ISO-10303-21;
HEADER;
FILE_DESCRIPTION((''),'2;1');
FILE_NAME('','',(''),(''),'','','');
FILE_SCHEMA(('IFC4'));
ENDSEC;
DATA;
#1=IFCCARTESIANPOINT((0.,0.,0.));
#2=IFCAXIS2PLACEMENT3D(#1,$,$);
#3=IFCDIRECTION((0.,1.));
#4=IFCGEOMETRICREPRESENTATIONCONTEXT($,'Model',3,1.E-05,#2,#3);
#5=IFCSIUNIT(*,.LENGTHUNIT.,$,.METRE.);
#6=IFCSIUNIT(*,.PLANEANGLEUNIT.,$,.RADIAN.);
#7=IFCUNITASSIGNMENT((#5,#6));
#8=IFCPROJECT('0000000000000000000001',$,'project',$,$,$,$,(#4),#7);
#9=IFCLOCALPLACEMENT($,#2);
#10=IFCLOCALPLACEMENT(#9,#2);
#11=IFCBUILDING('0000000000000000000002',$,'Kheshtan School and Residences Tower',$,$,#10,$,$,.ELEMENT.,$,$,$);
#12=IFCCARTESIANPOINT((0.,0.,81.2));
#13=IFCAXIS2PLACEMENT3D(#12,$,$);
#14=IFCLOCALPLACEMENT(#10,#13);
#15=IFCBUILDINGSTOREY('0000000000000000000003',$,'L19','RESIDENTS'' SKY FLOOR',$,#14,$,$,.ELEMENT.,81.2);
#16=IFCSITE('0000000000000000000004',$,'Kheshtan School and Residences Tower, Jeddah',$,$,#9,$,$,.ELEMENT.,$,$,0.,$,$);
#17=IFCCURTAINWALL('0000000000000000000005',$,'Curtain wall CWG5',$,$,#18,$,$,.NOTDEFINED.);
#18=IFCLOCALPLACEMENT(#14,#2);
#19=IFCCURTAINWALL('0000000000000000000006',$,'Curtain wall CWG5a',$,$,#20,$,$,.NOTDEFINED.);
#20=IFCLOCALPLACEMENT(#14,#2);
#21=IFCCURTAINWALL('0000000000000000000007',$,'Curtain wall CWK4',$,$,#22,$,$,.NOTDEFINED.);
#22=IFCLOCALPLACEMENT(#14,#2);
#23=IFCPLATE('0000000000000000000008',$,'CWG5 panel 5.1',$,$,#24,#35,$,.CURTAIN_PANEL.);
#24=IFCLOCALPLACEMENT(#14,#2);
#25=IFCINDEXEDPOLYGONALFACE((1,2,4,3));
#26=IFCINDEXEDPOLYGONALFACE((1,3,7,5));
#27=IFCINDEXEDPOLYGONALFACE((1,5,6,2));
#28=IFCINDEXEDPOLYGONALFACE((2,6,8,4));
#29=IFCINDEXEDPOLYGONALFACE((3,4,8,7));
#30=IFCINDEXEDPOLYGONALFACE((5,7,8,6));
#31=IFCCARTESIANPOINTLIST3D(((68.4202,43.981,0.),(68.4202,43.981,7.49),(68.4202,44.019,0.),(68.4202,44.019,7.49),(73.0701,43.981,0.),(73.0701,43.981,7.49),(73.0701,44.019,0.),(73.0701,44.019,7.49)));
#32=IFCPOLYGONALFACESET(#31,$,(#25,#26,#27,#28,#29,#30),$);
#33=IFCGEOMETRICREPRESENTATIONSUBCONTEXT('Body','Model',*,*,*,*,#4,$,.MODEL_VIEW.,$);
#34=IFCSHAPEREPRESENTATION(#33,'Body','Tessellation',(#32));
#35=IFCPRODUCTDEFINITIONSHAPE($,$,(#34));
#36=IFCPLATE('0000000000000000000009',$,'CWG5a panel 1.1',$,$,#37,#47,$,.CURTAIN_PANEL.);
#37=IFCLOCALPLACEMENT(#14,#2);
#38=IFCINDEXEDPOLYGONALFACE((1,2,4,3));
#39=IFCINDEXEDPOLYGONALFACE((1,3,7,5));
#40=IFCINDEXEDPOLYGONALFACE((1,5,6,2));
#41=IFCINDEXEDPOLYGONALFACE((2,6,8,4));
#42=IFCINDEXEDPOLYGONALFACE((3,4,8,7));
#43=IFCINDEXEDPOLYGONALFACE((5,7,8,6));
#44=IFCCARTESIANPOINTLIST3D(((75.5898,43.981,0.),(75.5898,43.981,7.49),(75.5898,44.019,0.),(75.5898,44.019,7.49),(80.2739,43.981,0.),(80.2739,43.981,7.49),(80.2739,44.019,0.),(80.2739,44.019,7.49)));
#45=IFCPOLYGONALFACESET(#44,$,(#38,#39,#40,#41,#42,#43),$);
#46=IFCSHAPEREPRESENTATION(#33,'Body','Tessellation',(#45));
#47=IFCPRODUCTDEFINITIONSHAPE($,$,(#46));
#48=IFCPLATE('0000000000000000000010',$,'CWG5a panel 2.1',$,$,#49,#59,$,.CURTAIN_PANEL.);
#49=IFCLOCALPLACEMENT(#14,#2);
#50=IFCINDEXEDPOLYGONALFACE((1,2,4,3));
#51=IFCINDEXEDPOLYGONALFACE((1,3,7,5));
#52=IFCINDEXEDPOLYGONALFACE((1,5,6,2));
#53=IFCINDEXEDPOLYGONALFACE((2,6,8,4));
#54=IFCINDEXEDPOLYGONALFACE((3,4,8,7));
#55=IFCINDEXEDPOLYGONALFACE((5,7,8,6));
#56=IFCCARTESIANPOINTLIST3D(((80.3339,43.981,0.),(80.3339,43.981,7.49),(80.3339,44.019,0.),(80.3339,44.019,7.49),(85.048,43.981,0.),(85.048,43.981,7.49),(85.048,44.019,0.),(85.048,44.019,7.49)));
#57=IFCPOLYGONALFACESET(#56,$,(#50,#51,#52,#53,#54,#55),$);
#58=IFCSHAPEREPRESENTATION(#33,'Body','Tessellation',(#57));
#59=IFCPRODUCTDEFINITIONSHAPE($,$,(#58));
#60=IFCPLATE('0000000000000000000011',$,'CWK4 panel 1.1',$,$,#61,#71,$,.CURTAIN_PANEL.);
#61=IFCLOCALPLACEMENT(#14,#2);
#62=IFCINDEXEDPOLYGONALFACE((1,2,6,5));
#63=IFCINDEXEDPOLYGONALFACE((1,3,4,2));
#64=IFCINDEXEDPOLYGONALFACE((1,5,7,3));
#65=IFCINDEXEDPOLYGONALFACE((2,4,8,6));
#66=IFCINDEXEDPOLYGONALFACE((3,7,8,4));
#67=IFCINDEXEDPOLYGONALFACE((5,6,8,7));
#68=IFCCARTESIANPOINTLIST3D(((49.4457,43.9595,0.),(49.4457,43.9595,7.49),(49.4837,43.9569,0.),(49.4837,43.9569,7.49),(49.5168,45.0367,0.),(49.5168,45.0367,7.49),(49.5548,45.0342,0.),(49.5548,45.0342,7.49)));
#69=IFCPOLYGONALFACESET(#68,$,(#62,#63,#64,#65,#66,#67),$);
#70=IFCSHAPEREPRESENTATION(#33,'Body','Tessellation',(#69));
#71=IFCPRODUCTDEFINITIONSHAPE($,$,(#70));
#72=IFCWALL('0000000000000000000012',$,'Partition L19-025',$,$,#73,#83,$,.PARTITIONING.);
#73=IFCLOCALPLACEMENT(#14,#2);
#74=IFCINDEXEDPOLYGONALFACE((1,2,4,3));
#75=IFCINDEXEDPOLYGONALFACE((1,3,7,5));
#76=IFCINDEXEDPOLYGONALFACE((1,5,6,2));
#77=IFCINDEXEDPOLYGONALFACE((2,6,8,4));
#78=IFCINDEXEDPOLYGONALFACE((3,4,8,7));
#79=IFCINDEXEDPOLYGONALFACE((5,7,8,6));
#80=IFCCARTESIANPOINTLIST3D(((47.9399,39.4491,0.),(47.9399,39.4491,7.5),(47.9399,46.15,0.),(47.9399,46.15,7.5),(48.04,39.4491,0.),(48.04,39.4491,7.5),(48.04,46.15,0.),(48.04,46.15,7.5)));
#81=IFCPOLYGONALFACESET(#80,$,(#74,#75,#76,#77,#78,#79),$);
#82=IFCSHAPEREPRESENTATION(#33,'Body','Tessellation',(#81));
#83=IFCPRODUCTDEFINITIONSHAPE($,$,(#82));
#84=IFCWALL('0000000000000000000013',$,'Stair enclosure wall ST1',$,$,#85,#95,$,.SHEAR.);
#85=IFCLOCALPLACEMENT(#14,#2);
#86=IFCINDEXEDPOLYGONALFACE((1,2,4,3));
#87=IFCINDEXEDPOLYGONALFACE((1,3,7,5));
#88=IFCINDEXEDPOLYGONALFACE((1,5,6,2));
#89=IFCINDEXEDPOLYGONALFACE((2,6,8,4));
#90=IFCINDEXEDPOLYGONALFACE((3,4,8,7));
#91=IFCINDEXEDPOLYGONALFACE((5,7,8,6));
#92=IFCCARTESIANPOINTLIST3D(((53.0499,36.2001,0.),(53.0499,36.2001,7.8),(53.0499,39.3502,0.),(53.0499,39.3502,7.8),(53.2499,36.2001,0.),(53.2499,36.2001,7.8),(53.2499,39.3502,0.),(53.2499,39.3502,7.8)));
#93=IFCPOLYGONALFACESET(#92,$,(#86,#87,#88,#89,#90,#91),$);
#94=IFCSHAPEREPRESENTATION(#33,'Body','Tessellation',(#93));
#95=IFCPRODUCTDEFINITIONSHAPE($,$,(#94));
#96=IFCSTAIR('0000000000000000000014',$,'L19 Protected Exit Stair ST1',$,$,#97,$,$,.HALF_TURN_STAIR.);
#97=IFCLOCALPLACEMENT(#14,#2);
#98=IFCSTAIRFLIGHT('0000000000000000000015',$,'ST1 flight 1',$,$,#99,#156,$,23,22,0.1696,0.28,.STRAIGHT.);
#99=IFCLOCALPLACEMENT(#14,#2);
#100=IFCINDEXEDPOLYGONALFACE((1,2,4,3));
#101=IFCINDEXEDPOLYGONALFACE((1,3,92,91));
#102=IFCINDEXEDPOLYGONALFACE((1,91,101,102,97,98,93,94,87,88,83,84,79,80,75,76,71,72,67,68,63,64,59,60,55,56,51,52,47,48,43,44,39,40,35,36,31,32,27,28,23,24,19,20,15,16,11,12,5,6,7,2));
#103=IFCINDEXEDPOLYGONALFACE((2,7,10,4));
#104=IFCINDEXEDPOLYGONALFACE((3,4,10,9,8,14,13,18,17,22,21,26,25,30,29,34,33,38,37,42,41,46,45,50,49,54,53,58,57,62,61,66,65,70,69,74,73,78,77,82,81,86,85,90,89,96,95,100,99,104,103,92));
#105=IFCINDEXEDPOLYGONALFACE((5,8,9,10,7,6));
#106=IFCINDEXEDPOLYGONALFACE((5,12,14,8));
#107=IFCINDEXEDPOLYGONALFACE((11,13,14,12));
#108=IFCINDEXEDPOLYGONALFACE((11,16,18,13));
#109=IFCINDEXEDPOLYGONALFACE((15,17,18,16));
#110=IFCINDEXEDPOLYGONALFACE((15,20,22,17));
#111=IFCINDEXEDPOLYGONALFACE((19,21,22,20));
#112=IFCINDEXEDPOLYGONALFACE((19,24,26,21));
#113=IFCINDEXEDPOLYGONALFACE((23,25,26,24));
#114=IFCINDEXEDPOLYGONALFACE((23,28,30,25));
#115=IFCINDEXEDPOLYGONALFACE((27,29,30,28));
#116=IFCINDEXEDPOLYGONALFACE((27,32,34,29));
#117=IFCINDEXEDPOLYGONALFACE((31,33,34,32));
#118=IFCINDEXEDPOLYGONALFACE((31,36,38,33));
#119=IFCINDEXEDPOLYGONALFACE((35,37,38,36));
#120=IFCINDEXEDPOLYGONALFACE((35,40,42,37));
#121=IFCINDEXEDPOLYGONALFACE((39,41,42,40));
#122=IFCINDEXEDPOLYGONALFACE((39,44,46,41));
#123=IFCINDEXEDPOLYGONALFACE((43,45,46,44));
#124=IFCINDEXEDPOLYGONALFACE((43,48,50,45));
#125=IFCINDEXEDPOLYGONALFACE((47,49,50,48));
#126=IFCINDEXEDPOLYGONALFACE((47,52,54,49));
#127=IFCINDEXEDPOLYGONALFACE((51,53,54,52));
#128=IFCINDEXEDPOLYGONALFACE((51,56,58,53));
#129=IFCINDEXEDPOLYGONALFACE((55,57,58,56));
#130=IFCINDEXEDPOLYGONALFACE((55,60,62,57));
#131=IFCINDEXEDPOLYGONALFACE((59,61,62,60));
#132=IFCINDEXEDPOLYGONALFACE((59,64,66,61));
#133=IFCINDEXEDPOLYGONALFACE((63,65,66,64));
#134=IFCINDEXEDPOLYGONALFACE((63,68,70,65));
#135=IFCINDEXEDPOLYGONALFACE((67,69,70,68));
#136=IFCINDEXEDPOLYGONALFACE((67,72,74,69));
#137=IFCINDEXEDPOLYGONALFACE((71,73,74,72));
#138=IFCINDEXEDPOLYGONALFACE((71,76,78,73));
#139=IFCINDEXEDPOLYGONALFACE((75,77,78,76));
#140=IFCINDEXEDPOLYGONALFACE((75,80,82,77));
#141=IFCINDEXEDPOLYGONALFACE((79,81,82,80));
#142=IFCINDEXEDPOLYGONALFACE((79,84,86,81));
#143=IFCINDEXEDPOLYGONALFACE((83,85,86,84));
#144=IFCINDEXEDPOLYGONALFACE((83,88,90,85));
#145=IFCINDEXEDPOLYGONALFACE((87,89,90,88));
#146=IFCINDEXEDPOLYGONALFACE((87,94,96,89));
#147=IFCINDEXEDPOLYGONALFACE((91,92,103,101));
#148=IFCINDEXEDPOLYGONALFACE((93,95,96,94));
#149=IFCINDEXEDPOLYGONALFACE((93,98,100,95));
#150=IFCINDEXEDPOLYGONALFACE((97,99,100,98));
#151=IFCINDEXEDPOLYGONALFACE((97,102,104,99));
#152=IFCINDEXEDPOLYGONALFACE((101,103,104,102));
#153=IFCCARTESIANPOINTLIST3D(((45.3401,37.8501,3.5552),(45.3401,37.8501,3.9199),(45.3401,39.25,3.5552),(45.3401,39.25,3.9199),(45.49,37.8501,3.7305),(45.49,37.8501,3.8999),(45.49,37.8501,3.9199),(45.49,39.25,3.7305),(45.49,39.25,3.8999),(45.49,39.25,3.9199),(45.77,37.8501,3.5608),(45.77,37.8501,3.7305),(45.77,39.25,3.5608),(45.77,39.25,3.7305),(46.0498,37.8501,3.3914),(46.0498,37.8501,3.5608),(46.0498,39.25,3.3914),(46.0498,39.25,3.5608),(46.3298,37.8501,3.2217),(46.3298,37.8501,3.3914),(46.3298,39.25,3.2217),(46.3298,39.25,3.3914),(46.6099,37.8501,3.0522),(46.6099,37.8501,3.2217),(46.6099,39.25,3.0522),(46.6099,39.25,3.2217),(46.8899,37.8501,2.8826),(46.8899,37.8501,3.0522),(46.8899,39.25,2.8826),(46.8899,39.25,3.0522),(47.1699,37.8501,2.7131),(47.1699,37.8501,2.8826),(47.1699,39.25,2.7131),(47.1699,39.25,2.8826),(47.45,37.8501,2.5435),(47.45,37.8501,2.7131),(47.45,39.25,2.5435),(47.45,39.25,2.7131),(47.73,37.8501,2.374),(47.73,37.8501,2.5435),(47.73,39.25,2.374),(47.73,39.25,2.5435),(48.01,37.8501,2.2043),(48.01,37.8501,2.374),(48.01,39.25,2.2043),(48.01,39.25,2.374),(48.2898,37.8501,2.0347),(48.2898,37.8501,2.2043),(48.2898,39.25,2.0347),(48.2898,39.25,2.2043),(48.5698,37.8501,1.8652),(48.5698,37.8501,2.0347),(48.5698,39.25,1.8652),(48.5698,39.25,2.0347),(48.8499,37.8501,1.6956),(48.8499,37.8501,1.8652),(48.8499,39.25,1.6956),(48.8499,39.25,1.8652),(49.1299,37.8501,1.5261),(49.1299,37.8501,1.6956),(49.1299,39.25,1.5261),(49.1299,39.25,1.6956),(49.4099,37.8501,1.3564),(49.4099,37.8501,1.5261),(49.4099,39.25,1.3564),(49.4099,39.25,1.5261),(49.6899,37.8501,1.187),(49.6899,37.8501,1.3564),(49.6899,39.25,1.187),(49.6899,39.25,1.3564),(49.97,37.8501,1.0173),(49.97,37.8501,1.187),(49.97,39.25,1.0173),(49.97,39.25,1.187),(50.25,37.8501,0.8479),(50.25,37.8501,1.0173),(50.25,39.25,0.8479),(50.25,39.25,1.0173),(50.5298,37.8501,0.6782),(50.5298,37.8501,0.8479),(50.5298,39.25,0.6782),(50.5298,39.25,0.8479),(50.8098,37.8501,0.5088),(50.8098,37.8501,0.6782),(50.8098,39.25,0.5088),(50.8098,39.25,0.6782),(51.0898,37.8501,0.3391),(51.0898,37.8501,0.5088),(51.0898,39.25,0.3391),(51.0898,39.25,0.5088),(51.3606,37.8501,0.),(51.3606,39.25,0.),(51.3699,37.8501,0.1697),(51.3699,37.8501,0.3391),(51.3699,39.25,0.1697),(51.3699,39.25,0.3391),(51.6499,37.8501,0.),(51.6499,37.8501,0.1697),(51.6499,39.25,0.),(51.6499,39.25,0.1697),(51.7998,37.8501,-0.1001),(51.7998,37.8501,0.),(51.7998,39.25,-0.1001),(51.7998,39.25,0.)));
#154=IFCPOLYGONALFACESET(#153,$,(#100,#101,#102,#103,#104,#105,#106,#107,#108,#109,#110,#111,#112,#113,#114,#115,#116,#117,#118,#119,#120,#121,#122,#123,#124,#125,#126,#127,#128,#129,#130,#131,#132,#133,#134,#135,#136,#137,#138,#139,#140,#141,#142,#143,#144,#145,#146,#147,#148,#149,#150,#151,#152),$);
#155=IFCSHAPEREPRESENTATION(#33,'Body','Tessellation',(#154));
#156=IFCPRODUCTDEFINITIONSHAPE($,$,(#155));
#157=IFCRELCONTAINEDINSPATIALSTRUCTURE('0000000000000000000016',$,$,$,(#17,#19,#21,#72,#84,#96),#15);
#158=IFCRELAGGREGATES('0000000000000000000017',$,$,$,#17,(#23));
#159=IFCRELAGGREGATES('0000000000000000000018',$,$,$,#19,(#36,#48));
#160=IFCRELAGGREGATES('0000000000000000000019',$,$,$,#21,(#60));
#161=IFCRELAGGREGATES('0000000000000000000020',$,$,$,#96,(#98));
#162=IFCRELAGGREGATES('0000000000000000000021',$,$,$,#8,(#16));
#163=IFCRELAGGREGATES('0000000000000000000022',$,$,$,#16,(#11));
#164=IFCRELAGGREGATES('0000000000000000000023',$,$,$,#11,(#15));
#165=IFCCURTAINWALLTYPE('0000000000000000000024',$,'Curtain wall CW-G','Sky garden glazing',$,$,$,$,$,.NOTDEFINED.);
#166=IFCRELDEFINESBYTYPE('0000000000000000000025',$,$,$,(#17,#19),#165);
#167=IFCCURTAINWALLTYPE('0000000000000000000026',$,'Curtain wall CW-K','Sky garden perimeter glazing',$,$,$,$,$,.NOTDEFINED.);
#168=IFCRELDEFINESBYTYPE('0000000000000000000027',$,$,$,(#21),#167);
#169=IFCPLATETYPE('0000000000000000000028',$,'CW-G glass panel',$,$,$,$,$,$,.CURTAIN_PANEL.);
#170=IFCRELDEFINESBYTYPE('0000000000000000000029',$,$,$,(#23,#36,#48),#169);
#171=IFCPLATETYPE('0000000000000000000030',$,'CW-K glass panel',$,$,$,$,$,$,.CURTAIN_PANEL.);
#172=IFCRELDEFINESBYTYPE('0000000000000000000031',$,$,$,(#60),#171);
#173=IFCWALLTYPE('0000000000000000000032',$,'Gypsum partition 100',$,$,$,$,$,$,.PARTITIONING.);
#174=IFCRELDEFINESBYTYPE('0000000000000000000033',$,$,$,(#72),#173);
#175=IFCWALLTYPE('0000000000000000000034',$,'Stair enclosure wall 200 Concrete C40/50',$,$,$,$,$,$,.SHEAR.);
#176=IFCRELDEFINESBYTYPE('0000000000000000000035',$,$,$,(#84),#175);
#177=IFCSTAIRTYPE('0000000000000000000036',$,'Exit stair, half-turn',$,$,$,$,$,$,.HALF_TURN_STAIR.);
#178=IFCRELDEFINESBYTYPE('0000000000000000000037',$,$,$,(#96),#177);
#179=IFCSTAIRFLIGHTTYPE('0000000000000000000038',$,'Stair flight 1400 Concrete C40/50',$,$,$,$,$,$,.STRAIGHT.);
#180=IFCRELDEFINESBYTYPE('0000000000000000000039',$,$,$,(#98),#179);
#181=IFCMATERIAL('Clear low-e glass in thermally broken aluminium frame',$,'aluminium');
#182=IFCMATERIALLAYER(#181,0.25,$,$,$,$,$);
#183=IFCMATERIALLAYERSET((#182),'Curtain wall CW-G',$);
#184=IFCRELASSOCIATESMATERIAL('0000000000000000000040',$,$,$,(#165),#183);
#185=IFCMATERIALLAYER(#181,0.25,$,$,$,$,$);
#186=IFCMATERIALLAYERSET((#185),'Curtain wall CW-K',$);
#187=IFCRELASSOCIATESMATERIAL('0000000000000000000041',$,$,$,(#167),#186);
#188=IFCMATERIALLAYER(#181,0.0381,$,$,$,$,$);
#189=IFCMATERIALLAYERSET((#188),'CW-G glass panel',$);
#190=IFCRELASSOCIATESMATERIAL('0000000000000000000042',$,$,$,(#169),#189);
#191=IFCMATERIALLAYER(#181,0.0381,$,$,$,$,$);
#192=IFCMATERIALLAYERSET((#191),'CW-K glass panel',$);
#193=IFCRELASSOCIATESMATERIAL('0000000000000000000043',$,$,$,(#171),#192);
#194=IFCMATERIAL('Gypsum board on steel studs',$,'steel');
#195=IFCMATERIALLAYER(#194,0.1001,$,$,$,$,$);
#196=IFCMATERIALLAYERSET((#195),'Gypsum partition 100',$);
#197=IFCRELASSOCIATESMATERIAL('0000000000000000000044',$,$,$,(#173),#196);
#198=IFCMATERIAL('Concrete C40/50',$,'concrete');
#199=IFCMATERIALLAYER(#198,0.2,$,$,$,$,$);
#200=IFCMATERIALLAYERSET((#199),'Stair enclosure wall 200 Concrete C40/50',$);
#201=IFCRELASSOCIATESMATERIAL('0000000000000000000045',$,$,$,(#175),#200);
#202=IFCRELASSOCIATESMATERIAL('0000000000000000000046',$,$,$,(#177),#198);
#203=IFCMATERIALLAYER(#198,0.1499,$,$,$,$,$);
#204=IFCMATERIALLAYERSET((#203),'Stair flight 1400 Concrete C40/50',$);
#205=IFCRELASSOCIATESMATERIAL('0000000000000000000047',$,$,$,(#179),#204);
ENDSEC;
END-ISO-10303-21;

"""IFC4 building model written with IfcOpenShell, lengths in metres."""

from ifc_helpers import new_model, si_unit, direction, frame, frame_2d, origin, origin_2d, place, context, subcontext, project, spatial, polyline, rectangle, outline, extrude, material, layer, layer_set, type_object, element, aggregate, save


model = new_model("IFC4")

# Units and contexts
model_context = context("Model", 3, precision=1e-05, world=origin(), true_north=direction((0.0, 1.0)))
body_context = subcontext(model_context, "Body", "Model", "MODEL_VIEW")
ifc_project = project(units=[si_unit("LENGTHUNIT", "METRE"), si_unit("PLANEANGLEUNIT", "RADIAN")], contexts=[model_context])

# Site, building, storey
site_placement = place(None, origin())
site = spatial("IfcSite", under=ifc_project, at=site_placement, Name="Kheshtan School and Residences Tower, Jeddah", CompositionType="ELEMENT", RefElevation=0.0)
building_placement = place(site_placement, origin())
building = spatial("IfcBuilding", under=site, at=building_placement, Name="Kheshtan School and Residences Tower", CompositionType="ELEMENT")
storey_placement = place(building_placement, frame((0.0, 0.0, 81.2)))
storey = spatial("IfcBuildingStorey", under=building, at=storey_placement, Name="L19", Description="RESIDENTS' SKY FLOOR", CompositionType="ELEMENT", Elevation=81.2)

# Curtain walls
ifc_material_1 = material(Name="Clear low-e glass in thermally broken aluminium frame", Category="aluminium")
ifc_layer_1 = layer(ifc_material_1, 0.25)
ifc_layer_set_1 = layer_set([ifc_layer_1], Name="Curtain wall CW-G")
curtain_wall_type_1 = type_object("IfcCurtainWallType", Name="Curtain wall CW-G", Description="Sky garden glazing", PredefinedType="NOTDEFINED", material=ifc_layer_set_1)
curtain_wall_1_placement = place(storey_placement, origin())
curtain_wall_1 = element("IfcCurtainWall", 1, at=curtain_wall_1_placement, inside=storey, type_object=curtain_wall_type_1, Name="Curtain wall CWG5", PredefinedType="NOTDEFINED")
curtain_wall_2_placement = place(storey_placement, origin())
curtain_wall_2 = element("IfcCurtainWall", 2, at=curtain_wall_2_placement, inside=storey, type_object=curtain_wall_type_1, Name="Curtain wall CWG5a", PredefinedType="NOTDEFINED")

# Curtain wall
ifc_layer_2 = layer(ifc_material_1, 0.25)
ifc_layer_set_2 = layer_set([ifc_layer_2], Name="Curtain wall CW-K")
curtain_wall_type_2 = type_object("IfcCurtainWallType", Name="Curtain wall CW-K", Description="Sky garden perimeter glazing", PredefinedType="NOTDEFINED", material=ifc_layer_set_2)
curtain_wall_3_placement = place(storey_placement, origin())
curtain_wall_3 = element("IfcCurtainWall", 3, at=curtain_wall_3_placement, inside=storey, type_object=curtain_wall_type_2, Name="Curtain wall CWK4", PredefinedType="NOTDEFINED")

# Plates
ifc_layer_3 = layer(ifc_material_1, 0.0381)
ifc_layer_set_3 = layer_set([ifc_layer_3], Name="CW-G glass panel")
plate_type_1 = type_object("IfcPlateType", Name="CW-G glass panel", PredefinedType="CURTAIN_PANEL", material=ifc_layer_set_3)
plate_1_placement = place(storey_placement, frame((70.7451, 44.0, 0.0), z_axis=(0.0, 0.0, 1.0), x_axis=(1.0, 0.0, 0.0)))
plate_1 = element("IfcPlate", 4, at=plate_1_placement, type_object=plate_type_1, Name="CWG5 panel 5.1", PredefinedType="CURTAIN_PANEL", context=body_context, shape_type="SweptSolid", body=[
    extrude(rectangle(XDim=4.6499, YDim=0.0381, at=origin_2d()), origin(), (0.0, 0.0, 1.0), 7.49),
])
aggregate(curtain_wall_1, [plate_1])
plate_2_placement = place(storey_placement, frame((77.9319, 44.0, 0.0), z_axis=(0.0, 0.0, 1.0), x_axis=(1.0, 0.0, 0.0)))
plate_2 = element("IfcPlate", 5, at=plate_2_placement, type_object=plate_type_1, Name="CWG5a panel 1.1", PredefinedType="CURTAIN_PANEL", context=body_context, shape_type="SweptSolid", body=[
    extrude(rectangle(XDim=4.6841, YDim=0.0381, at=origin_2d()), origin(), (0.0, 0.0, 1.0), 7.49),
])
plate_3_placement = place(storey_placement, frame((82.6909, 44.0, 0.0), z_axis=(0.0, 0.0, 1.0), x_axis=(1.0, 0.0, 0.0)))
plate_3 = element("IfcPlate", 6, at=plate_3_placement, type_object=plate_type_1, Name="CWG5a panel 2.1", PredefinedType="CURTAIN_PANEL", context=body_context, shape_type="SweptSolid", body=[
    extrude(rectangle(XDim=4.7141, YDim=0.0381, at=origin_2d()), origin(), (0.0, 0.0, 1.0), 7.49),
])
aggregate(curtain_wall_2, [plate_2, plate_3])
ifc_layer_4 = layer(ifc_material_1, 0.0381)
ifc_layer_set_4 = layer_set([ifc_layer_4], Name="CW-K glass panel")
plate_type_2 = type_object("IfcPlateType", Name="CW-K glass panel", PredefinedType="CURTAIN_PANEL", material=ifc_layer_set_4)
plate_4_placement = place(storey_placement, frame((49.5002, 44.4968, 0.0), z_axis=(0.0, 0.0, 1.0), x_axis=(-0.065855, -0.997829, 0.0)))
plate_4 = element("IfcPlate", 7, at=plate_4_placement, type_object=plate_type_2, Name="CWK4 panel 1.1", PredefinedType="CURTAIN_PANEL", context=body_context, shape_type="SweptSolid", body=[
    extrude(rectangle(XDim=1.0796, YDim=0.0381, at=origin_2d()), origin(), (0.0, 0.0, 1.0), 7.49),
])
aggregate(curtain_wall_3, [plate_4])

# Walls
ifc_material_2 = material(Name="Gypsum board on steel studs", Category="steel")
ifc_layer_5 = layer(ifc_material_2, 0.1001)
ifc_layer_set_5 = layer_set([ifc_layer_5], Name="Gypsum partition 100")
wall_type_1 = type_object("IfcWallType", Name="Gypsum partition 100", PredefinedType="PARTITIONING", material=ifc_layer_set_5)
wall_1_placement = place(storey_placement, frame((47.99, 39.449, 0.0), z_axis=(0.0, 0.0, 1.0), x_axis=(0.0, 1.0, 0.0)))
element("IfcWall", 8, at=wall_1_placement, inside=storey, type_object=wall_type_1, Name="Partition L19-025", PredefinedType="PARTITIONING", context=body_context, shape_type="SweptSolid", body=[
    extrude(rectangle(XDim=6.7009, YDim=0.1001, at=frame_2d((3.3506, 0.0))), origin(), (0.0, 0.0, 1.0), 7.5),
])
ifc_material_3 = material(Name="Concrete C40/50", Category="concrete")
ifc_layer_6 = layer(ifc_material_3, 0.2)
ifc_layer_set_6 = layer_set([ifc_layer_6], Name="Stair enclosure wall 200 Concrete C40/50")
wall_type_2 = type_object("IfcWallType", Name="Stair enclosure wall 200 Concrete C40/50", PredefinedType="SHEAR", material=ifc_layer_set_6)
wall_2_placement = place(storey_placement, frame((53.1499, 36.2, 0.0), z_axis=(0.0, 0.0, 1.0), x_axis=(0.0, 1.0, 0.0)))
element("IfcWall", 9, at=wall_2_placement, inside=storey, type_object=wall_type_2, Name="Stair enclosure wall ST1", PredefinedType="SHEAR", context=body_context, shape_type="SweptSolid", body=[
    extrude(rectangle(XDim=3.1501, YDim=0.2, at=frame_2d((1.5752, 0.0))), origin(), (0.0, 0.0, 1.0), 7.8),
])

# Stair, stair flight
stair_type = type_object("IfcStairType", Name="Exit stair, half-turn", PredefinedType="HALF_TURN_STAIR", material=ifc_material_3)
stair_placement = place(storey_placement, origin())
stair = element("IfcStair", 10, at=stair_placement, inside=storey, type_object=stair_type, Name="L19 Protected Exit Stair ST1", PredefinedType="HALF_TURN_STAIR")
ifc_layer_7 = layer(ifc_material_3, 0.1499)
ifc_layer_set_7 = layer_set([ifc_layer_7], Name="Stair flight 1400 Concrete C40/50")
stair_flight_type = type_object("IfcStairFlightType", Name="Stair flight 1400 Concrete C40/50", PredefinedType="STRAIGHT", material=ifc_layer_set_7)
stair_flight_placement = place(storey_placement, frame((51.6499, 38.55, 0.0), z_axis=(0.0, 0.0, 1.0), x_axis=(-1.0, 0.0, 0.0)))
stair_flight = element("IfcStairFlight", 11, at=stair_flight_placement, type_object=stair_flight_type, Name="ST1 flight 1", NumberOfRisers=23, NumberOfTreads=22, PredefinedType="STRAIGHT", RiserHeight=0.1696, TreadLength=0.28, context=body_context, shape_type="SweptSolid", body=[
    extrude(outline(polyline([(-0.1499, -0.1001), (-0.1499, 0.0), (0.0, 0.0), (0.0, 0.1697), (0.28, 0.1697), (0.28, 0.3391), (0.5601, 0.3391), (0.5601, 0.5088), (0.8401, 0.5088), (0.8401, 0.6782), (1.1201, 0.6782), (1.1201, 0.8479), (1.3999, 0.8479), (1.3999, 1.0173), (1.6799, 1.0173), (1.6799, 1.187), (1.96, 1.187), (1.96, 1.3564), (2.24, 1.3564), (2.24, 1.5261), (2.52, 1.5261), (2.52, 1.6956), (2.8, 1.6956), (2.8, 1.8652), (3.0801, 1.8652), (3.0801, 2.0347), (3.3601, 2.0347), (3.3601, 2.2043), (3.6399, 2.2043), (3.6399, 2.374), (3.9199, 2.374), (3.9199, 2.5435), (4.2, 2.5435), (4.2, 2.7131), (4.48, 2.7131), (4.48, 2.8826), (4.76, 2.8826), (4.76, 3.0522), (5.04, 3.0522), (5.04, 3.2217), (5.3201, 3.2217), (5.3201, 3.3914), (5.6001, 3.3914), (5.6001, 3.5608), (5.8799, 3.5608), (5.8799, 3.7305), (6.1599, 3.7305), (6.1599, 3.8999), (6.1599, 3.9199), (6.3098, 3.9199), (6.3098, 3.5552), (0.2893, 0.0), (-0.1499, -0.1001)])), frame((0.0, 0.7, 0.0), z_axis=(0.0, -1.0, 0.0), x_axis=(1.0, 0.0, 0.0)), (0.0, 0.0, 1.0), 1.3999),
])
aggregate(stair, [stair_flight])

save(model, "model.ifc")
